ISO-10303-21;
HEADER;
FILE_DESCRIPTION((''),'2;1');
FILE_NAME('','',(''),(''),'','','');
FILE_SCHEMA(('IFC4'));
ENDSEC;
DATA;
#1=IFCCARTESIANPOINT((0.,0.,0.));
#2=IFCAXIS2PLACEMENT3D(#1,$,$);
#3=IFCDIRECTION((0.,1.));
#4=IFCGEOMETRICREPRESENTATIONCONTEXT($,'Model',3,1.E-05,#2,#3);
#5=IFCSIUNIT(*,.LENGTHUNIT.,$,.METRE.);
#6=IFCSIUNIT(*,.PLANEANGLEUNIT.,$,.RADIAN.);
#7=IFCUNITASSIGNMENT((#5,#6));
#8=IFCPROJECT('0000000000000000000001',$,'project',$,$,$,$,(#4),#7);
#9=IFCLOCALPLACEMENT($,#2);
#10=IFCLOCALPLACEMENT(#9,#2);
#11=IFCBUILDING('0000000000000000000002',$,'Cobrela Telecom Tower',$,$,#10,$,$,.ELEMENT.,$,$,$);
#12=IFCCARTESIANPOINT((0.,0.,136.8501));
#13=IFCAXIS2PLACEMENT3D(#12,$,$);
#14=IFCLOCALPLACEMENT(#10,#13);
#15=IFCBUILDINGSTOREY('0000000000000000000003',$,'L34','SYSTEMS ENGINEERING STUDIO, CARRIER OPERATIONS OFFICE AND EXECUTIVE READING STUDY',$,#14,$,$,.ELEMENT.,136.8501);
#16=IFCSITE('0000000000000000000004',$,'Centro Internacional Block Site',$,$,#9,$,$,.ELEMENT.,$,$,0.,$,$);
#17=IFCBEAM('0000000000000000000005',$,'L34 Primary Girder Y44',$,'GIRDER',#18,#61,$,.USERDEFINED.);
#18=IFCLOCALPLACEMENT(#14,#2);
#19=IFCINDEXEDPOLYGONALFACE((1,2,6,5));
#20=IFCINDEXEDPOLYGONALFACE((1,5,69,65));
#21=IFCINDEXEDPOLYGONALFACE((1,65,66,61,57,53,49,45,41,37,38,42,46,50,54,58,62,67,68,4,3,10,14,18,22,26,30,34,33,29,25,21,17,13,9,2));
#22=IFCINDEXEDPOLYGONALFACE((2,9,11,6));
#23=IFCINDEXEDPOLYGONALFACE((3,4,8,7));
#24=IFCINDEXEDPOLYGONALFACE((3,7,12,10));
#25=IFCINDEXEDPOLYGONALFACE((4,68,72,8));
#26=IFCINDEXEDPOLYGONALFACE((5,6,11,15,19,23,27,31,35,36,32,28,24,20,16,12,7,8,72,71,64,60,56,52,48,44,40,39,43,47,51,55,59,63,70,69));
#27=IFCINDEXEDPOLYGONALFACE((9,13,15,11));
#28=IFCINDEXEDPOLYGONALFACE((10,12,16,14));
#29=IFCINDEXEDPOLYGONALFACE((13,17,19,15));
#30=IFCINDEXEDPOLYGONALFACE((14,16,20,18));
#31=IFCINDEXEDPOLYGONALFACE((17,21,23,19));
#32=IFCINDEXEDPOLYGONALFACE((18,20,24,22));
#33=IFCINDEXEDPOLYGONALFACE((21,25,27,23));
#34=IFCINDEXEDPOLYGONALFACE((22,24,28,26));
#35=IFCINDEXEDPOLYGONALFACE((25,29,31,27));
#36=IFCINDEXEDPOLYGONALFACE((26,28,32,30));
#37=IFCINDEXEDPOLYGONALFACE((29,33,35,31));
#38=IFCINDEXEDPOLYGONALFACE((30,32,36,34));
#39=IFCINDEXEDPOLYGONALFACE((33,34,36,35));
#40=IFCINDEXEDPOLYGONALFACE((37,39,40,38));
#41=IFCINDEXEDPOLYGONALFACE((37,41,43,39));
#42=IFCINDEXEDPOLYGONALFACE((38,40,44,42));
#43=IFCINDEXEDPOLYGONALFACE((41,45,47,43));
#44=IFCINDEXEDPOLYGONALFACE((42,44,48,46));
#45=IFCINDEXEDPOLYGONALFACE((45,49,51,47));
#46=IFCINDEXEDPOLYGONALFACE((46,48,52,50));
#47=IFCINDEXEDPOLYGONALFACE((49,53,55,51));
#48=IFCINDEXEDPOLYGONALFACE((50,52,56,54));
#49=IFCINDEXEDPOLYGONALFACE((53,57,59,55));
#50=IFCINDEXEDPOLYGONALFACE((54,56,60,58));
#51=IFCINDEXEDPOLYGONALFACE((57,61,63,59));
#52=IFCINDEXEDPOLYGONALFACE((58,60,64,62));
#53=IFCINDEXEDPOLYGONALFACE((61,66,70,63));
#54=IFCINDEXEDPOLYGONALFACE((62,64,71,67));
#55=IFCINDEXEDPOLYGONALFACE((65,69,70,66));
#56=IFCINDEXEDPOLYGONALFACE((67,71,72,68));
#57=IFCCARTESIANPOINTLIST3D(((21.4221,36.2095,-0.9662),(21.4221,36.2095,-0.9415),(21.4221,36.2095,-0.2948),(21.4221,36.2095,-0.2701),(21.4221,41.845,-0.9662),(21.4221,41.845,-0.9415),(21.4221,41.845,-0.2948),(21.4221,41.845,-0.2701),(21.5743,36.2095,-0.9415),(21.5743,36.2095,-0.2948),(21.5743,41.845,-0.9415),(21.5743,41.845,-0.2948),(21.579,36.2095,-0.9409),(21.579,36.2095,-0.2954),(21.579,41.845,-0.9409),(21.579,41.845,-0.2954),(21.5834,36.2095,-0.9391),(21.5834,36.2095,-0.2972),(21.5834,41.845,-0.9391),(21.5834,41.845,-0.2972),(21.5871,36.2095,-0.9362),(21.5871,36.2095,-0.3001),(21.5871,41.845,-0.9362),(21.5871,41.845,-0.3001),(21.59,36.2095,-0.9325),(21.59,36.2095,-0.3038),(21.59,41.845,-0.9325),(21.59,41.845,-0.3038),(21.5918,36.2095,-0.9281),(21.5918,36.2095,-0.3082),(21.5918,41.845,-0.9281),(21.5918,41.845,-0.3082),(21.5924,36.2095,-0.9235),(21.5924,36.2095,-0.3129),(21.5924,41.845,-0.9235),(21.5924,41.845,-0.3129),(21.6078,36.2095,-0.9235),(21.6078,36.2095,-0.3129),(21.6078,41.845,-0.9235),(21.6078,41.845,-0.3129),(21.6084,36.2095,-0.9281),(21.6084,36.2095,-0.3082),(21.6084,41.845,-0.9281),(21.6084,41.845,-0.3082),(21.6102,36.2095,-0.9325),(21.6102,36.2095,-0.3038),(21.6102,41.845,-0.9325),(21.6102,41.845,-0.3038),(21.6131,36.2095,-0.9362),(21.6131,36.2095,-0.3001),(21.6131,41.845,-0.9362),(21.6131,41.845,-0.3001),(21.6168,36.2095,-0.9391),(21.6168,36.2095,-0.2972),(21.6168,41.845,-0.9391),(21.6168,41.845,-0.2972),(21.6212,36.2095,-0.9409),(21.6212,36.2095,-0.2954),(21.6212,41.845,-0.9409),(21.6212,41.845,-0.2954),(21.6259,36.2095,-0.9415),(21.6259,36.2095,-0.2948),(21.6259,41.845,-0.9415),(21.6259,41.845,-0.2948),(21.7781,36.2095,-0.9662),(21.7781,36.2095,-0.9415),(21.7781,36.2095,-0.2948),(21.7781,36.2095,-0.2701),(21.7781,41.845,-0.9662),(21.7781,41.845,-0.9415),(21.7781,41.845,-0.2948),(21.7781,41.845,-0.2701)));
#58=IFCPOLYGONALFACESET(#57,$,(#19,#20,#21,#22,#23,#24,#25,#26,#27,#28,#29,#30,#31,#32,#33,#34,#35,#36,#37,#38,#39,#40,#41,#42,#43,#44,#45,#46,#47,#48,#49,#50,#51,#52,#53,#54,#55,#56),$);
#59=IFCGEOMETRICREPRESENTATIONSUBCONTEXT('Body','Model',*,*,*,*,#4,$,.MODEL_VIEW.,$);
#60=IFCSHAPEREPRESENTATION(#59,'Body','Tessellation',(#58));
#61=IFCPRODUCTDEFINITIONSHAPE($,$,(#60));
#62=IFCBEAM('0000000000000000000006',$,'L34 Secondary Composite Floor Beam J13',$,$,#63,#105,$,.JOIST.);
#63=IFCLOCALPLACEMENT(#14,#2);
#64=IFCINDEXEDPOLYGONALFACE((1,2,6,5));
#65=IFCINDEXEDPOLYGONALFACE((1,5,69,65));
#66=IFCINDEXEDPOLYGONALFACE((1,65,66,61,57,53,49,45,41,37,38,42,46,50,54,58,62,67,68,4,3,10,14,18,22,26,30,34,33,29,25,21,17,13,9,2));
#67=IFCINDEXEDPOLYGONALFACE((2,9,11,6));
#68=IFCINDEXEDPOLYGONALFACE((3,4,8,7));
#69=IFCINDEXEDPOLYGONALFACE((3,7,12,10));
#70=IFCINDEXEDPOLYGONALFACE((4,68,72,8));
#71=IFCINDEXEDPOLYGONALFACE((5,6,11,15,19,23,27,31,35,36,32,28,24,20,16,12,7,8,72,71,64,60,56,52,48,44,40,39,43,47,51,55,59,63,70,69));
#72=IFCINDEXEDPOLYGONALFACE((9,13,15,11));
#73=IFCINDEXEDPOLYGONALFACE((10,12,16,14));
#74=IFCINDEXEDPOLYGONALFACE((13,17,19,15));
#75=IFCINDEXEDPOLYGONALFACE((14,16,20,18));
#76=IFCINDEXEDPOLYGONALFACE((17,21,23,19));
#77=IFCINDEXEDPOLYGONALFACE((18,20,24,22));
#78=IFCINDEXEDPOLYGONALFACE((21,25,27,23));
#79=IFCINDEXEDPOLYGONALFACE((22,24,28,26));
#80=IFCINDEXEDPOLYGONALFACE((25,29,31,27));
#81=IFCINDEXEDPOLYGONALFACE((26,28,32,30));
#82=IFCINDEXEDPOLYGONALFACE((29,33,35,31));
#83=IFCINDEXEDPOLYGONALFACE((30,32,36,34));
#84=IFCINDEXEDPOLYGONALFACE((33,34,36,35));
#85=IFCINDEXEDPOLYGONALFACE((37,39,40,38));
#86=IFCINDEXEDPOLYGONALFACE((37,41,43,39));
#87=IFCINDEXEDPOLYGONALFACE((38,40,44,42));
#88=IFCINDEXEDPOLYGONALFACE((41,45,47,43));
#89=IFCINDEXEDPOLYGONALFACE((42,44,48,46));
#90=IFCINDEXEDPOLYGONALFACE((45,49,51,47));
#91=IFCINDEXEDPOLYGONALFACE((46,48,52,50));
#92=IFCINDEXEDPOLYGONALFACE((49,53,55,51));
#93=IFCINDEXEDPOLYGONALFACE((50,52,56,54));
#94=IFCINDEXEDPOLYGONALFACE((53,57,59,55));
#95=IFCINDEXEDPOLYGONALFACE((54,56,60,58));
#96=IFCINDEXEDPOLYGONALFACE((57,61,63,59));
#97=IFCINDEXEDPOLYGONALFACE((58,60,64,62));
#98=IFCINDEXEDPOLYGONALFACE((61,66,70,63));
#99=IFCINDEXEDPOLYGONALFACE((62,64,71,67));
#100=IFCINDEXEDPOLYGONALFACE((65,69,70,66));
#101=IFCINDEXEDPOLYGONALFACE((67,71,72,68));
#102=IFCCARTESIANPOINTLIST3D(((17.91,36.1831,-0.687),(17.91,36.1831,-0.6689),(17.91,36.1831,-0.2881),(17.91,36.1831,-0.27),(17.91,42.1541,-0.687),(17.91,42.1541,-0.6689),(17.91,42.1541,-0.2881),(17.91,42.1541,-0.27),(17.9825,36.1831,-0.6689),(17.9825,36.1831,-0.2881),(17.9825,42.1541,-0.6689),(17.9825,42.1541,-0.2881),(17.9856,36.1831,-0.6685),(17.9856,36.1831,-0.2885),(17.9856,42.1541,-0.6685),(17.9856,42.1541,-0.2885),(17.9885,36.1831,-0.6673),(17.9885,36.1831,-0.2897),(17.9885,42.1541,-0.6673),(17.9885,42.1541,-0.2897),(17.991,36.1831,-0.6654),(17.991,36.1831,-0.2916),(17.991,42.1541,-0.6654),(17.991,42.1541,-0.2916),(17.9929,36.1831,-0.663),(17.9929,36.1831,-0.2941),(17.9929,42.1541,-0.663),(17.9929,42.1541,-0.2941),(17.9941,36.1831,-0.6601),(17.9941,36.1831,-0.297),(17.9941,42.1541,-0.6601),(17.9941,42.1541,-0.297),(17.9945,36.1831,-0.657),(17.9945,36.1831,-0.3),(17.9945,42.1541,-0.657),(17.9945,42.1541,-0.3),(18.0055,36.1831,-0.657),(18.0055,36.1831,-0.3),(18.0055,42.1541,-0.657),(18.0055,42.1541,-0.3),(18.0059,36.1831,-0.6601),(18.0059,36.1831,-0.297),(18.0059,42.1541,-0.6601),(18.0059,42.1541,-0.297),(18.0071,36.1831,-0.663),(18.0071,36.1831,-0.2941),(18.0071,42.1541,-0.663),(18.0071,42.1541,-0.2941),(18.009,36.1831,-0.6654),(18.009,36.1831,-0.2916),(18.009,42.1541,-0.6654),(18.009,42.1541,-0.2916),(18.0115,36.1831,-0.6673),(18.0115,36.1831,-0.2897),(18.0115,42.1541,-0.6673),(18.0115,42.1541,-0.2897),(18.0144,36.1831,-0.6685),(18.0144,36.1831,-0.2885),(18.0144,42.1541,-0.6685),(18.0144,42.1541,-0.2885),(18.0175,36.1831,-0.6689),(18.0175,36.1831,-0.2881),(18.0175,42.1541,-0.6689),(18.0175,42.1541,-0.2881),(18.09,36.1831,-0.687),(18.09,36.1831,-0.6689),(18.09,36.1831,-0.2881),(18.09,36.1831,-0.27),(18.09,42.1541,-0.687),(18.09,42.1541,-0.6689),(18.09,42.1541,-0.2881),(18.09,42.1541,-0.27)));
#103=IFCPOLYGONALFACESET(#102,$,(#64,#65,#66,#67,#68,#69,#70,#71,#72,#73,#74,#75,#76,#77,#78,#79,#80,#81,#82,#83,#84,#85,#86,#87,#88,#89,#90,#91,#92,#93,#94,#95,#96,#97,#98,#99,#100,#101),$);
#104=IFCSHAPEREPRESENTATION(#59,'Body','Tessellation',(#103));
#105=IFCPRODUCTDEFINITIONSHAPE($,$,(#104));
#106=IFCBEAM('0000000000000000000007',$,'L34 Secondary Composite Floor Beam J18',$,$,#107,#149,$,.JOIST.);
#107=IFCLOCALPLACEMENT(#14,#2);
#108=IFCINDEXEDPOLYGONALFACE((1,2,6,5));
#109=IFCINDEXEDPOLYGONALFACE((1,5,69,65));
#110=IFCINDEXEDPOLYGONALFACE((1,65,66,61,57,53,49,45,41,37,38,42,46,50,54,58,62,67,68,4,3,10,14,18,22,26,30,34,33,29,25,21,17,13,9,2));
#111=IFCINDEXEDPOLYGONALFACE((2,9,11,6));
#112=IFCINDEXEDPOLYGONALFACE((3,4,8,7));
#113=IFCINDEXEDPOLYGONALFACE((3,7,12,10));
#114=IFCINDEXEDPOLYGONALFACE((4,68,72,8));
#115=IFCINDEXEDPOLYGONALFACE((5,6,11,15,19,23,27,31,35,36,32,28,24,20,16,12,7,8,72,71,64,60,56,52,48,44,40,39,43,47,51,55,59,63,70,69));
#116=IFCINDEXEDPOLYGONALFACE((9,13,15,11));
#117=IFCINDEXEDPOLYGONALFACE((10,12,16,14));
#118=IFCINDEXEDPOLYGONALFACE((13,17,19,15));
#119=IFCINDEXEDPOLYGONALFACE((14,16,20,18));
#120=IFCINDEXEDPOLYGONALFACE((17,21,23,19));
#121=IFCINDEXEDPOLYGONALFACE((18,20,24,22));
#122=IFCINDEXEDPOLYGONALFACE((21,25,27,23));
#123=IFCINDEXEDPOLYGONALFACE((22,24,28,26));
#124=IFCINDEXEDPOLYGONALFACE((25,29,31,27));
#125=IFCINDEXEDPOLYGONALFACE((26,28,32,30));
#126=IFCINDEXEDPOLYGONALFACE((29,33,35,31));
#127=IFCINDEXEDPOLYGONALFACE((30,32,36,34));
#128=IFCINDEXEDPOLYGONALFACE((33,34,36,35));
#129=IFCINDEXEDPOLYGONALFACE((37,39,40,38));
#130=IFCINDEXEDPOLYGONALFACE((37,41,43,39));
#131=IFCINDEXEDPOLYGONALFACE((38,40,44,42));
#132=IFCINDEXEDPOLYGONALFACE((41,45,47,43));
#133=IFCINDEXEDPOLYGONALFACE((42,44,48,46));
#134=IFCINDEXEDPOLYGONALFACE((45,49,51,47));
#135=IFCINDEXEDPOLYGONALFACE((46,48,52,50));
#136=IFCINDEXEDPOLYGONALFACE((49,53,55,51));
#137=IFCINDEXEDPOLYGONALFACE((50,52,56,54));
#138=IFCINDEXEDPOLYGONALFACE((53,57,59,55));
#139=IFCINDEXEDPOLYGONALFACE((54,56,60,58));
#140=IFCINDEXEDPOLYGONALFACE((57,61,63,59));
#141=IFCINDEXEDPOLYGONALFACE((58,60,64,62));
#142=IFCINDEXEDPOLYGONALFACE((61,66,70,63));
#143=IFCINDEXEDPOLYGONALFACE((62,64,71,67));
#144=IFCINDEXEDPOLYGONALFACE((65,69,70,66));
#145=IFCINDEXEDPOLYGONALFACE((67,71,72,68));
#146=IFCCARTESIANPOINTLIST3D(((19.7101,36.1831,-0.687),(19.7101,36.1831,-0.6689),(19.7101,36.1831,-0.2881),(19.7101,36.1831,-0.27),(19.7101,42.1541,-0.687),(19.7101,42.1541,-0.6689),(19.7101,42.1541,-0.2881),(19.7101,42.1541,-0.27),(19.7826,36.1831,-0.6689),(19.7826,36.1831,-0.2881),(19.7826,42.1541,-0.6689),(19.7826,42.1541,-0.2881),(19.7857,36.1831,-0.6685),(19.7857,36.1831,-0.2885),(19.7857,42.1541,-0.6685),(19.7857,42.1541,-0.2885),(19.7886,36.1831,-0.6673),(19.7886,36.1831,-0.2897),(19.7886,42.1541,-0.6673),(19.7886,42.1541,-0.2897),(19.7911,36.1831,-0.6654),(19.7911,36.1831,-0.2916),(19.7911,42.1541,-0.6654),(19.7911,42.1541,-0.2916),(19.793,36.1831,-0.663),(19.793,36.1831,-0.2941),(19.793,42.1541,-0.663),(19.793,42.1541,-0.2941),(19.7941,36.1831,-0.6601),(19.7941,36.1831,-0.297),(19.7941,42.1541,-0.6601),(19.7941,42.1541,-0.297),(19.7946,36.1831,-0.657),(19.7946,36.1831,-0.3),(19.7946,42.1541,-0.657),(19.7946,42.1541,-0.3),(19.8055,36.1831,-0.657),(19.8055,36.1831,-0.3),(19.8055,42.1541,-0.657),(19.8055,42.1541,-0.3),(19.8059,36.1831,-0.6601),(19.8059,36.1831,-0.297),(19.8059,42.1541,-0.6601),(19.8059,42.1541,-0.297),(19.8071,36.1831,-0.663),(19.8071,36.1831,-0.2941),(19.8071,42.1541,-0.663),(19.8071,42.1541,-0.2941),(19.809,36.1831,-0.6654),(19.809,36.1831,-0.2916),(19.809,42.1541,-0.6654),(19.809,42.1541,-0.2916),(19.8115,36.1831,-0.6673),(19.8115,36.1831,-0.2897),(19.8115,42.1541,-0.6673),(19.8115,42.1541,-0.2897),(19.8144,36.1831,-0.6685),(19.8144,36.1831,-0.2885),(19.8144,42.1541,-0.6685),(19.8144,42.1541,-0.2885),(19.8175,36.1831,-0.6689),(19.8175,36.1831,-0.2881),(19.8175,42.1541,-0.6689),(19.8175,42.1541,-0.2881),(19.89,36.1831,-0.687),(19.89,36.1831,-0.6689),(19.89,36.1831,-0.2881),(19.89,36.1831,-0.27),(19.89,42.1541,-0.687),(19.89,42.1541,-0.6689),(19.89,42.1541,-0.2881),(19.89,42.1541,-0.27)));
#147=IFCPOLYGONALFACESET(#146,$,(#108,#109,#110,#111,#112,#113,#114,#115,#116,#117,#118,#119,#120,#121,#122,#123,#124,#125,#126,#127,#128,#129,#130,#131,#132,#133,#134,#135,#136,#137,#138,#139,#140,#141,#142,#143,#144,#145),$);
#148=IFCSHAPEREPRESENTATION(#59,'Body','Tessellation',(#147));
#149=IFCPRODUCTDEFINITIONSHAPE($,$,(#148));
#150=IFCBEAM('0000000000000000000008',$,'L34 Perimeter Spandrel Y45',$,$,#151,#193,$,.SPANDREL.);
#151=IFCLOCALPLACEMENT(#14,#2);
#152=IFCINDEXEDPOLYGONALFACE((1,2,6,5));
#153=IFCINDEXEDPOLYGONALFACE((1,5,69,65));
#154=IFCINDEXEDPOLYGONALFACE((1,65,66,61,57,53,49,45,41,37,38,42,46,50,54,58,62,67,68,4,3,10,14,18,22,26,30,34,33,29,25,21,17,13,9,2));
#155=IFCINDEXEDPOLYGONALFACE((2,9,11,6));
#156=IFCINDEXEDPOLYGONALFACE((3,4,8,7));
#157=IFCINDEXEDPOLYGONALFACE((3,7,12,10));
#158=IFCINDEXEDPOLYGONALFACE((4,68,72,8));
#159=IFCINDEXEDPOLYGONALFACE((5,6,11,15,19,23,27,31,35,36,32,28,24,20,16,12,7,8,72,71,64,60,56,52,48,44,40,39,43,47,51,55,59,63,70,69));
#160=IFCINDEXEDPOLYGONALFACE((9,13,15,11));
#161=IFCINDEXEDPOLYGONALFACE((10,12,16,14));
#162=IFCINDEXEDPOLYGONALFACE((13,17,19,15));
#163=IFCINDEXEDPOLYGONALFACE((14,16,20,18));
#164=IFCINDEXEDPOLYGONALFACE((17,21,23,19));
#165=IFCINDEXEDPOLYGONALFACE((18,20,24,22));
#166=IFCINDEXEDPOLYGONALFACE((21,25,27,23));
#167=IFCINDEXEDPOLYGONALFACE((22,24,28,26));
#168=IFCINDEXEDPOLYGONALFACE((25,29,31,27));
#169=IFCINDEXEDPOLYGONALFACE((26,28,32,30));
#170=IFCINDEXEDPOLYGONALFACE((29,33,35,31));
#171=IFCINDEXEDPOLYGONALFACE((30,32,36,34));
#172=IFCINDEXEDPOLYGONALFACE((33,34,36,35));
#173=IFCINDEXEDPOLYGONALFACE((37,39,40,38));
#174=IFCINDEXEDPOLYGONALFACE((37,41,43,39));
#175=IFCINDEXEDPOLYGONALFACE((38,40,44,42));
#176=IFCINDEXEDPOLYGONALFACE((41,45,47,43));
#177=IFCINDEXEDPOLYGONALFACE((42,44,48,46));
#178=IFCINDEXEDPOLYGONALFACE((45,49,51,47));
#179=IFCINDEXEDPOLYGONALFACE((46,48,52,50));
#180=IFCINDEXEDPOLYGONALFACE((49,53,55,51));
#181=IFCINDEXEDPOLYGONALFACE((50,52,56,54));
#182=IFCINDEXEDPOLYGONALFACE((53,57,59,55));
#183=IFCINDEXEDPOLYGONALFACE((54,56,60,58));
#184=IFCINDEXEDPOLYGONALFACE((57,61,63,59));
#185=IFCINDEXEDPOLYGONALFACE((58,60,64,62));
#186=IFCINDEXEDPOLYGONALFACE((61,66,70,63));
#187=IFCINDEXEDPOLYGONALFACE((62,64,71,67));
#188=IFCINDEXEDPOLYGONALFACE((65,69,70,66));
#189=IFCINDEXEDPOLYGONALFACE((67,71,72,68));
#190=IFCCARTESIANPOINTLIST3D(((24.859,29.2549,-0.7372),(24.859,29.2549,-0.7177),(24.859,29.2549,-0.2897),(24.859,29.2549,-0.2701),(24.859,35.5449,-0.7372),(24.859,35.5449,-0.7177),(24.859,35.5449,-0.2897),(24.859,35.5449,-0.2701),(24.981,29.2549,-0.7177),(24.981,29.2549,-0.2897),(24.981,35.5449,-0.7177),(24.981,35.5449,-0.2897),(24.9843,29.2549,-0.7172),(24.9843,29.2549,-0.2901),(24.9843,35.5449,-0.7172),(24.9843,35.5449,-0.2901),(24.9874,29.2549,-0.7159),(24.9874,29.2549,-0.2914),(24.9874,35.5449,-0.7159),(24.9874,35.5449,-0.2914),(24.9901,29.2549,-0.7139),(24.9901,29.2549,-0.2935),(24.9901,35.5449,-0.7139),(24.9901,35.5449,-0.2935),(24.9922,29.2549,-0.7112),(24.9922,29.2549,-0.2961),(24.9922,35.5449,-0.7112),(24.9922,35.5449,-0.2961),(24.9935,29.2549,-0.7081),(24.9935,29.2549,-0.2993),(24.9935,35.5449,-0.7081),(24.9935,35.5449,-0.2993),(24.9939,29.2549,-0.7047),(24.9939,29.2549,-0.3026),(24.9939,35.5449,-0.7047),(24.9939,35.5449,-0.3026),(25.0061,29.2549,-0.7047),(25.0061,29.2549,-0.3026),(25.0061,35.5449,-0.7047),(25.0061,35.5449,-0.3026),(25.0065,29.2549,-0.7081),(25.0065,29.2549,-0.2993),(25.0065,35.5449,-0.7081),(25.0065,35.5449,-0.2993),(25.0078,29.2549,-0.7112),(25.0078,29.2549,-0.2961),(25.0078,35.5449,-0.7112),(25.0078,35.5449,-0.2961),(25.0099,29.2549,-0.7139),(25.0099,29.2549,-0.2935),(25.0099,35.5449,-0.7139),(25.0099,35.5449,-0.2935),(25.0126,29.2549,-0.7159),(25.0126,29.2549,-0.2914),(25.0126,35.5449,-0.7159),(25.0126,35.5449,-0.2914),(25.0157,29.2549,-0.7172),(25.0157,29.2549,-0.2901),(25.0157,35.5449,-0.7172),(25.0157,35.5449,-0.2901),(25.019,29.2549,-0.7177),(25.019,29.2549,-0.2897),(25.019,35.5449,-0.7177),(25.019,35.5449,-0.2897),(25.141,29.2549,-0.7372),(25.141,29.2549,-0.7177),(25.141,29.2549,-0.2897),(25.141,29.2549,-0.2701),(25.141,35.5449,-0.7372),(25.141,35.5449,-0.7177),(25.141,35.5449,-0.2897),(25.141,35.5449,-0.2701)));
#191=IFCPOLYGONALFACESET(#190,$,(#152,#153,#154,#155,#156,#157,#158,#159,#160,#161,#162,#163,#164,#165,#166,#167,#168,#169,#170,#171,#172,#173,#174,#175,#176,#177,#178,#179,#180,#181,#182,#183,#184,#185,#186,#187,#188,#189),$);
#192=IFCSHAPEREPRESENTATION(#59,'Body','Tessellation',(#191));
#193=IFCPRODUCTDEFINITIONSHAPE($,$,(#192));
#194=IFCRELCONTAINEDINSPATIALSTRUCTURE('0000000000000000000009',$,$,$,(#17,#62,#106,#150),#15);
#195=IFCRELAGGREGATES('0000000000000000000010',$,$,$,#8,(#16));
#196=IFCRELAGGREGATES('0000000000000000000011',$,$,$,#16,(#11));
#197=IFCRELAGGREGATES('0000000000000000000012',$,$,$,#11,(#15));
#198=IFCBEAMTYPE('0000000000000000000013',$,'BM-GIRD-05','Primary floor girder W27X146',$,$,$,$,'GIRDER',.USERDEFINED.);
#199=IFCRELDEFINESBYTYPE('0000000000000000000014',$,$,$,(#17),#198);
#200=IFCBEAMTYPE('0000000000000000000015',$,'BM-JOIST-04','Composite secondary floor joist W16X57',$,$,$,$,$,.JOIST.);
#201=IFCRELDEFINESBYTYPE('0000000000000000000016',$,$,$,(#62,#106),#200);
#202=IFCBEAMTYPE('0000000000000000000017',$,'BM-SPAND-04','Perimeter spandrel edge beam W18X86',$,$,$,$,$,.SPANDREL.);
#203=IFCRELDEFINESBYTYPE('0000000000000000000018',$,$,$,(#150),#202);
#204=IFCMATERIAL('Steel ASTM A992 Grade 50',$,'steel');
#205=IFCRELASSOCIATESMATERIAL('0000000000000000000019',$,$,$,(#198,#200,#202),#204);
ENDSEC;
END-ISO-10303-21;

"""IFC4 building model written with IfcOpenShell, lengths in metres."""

from ifc_helpers import new_model, si_unit, direction, frame, origin, origin_2d, place, context, subcontext, project, spatial, i_section, extrude, material, material_profile, profile_set, type_object, element, save


model = new_model("IFC4")

# Units and contexts
model_context = context("Model", 3, precision=1e-05, world=origin(), true_north=direction((0.0, 1.0)))
body_context = subcontext(model_context, "Body", "Model", "MODEL_VIEW")
ifc_project = project(units=[si_unit("LENGTHUNIT", "METRE"), si_unit("PLANEANGLEUNIT", "RADIAN")], contexts=[model_context])

# Site, building, storey
site_placement = place(None, origin())
site = spatial("IfcSite", under=ifc_project, at=site_placement, Name="Centro Internacional Block Site", CompositionType="ELEMENT", RefElevation=0.0)
building_placement = place(site_placement, origin())
building = spatial("IfcBuilding", under=site, at=building_placement, Name="Cobrela Telecom Tower", CompositionType="ELEMENT")
storey_placement = place(building_placement, frame((0.0, 0.0, 136.8501)))
storey = spatial("IfcBuildingStorey", under=building, at=storey_placement, Name="L34", Description="SYSTEMS ENGINEERING STUDIO, CARRIER OPERATIONS OFFICE AND EXECUTIVE READING STUDY", CompositionType="ELEMENT", Elevation=136.8501)

# Shared definitions
ifc_material_1 = material(Name="Steel ASTM A992 Grade 50", Category="steel")

# Beams
ifc_material_profile_1 = material_profile(ifc_material_1, i_section(OverallWidth=0.356, OverallDepth=0.696, WebThickness=0.0154, FlangeThickness=0.0247, FilletRadius=0.0181, at=origin_2d()), Name="W27X146")
ifc_profile_set_1 = profile_set([ifc_material_profile_1], Name="Steel ASTM A992 Grade 50")
beam_type_1 = type_object("IfcBeamType", Name="BM-GIRD-05", Description="Primary floor girder W27X146", ElementType="GIRDER", PredefinedType="USERDEFINED", material=ifc_profile_set_1)
beam_1_placement = place(storey_placement, frame((21.6001, 36.2095, -0.6182), z_axis=(0.0, 1.0, 0.0), x_axis=(-1.0, 0.0, 0.0)))
element("IfcBeam", 1, at=beam_1_placement, inside=storey, type_object=beam_type_1, Name="L34 Primary Girder Y44", ObjectType="GIRDER", PredefinedType="USERDEFINED", context=body_context, shape_type="SweptSolid", body=[
    extrude(i_section(OverallWidth=0.356, OverallDepth=0.696, WebThickness=0.0154, FlangeThickness=0.0247, FilletRadius=0.0181, at=origin_2d()), origin(), (0.0, 0.0, 1.0), 5.6355),
])
ifc_material_profile_2 = material_profile(ifc_material_1, i_section(OverallWidth=0.1799, OverallDepth=0.417, WebThickness=0.011, FlangeThickness=0.0181, FilletRadius=0.012, at=origin_2d()), Name="W16X57")
ifc_profile_set_2 = profile_set([ifc_material_profile_2], Name="Steel ASTM A992 Grade 50")
beam_type_2 = type_object("IfcBeamType", Name="BM-JOIST-04", Description="Composite secondary floor joist W16X57", PredefinedType="JOIST", material=ifc_profile_set_2)
for number, where, z_axis, x_axis, name in (
    (2, (18.0, 36.1831, -0.4785), (0.0, 1.0, 0.0), (-1.0, 0.0, 0.0), "L34 Secondary Composite Floor Beam J13"),
    (3, (19.8, 36.1831, -0.4785), (0.0, 1.0, 0.0), (-1.0, 0.0, 0.0), "L34 Secondary Composite Floor Beam J18"),
):
    element("IfcBeam", number, at=place(storey_placement, frame(where, z_axis=z_axis, x_axis=x_axis)), inside=storey, type_object=beam_type_2, Name=name, PredefinedType="JOIST", context=body_context, shape_type="SweptSolid", body=[
        extrude(i_section(OverallWidth=0.1799, OverallDepth=0.417, WebThickness=0.011, FlangeThickness=0.0181, FilletRadius=0.012, at=origin_2d()), origin(), (0.0, 0.0, 1.0), 5.9709),
    ])
ifc_material_profile_3 = material_profile(ifc_material_1, i_section(OverallWidth=0.282, OverallDepth=0.467, WebThickness=0.0122, FlangeThickness=0.0195, FilletRadius=0.0129, at=origin_2d()), Name="W18X86")
ifc_profile_set_3 = profile_set([ifc_material_profile_3], Name="Steel ASTM A992 Grade 50")
beam_type_3 = type_object("IfcBeamType", Name="BM-SPAND-04", Description="Perimeter spandrel edge beam W18X86", PredefinedType="SPANDREL", material=ifc_profile_set_3)
beam_2_placement = place(storey_placement, frame((25.0, 29.2549, -0.5037), z_axis=(0.0, 1.0, 0.0), x_axis=(-1.0, 0.0, 0.0)))
element("IfcBeam", 4, at=beam_2_placement, inside=storey, type_object=beam_type_3, Name="L34 Perimeter Spandrel Y45", PredefinedType="SPANDREL", context=body_context, shape_type="SweptSolid", body=[
    extrude(i_section(OverallWidth=0.282, OverallDepth=0.467, WebThickness=0.0122, FlangeThickness=0.0195, FilletRadius=0.0129, at=origin_2d()), origin(), (0.0, 0.0, 1.0), 6.29),
])

save(model, "model.ifc")
